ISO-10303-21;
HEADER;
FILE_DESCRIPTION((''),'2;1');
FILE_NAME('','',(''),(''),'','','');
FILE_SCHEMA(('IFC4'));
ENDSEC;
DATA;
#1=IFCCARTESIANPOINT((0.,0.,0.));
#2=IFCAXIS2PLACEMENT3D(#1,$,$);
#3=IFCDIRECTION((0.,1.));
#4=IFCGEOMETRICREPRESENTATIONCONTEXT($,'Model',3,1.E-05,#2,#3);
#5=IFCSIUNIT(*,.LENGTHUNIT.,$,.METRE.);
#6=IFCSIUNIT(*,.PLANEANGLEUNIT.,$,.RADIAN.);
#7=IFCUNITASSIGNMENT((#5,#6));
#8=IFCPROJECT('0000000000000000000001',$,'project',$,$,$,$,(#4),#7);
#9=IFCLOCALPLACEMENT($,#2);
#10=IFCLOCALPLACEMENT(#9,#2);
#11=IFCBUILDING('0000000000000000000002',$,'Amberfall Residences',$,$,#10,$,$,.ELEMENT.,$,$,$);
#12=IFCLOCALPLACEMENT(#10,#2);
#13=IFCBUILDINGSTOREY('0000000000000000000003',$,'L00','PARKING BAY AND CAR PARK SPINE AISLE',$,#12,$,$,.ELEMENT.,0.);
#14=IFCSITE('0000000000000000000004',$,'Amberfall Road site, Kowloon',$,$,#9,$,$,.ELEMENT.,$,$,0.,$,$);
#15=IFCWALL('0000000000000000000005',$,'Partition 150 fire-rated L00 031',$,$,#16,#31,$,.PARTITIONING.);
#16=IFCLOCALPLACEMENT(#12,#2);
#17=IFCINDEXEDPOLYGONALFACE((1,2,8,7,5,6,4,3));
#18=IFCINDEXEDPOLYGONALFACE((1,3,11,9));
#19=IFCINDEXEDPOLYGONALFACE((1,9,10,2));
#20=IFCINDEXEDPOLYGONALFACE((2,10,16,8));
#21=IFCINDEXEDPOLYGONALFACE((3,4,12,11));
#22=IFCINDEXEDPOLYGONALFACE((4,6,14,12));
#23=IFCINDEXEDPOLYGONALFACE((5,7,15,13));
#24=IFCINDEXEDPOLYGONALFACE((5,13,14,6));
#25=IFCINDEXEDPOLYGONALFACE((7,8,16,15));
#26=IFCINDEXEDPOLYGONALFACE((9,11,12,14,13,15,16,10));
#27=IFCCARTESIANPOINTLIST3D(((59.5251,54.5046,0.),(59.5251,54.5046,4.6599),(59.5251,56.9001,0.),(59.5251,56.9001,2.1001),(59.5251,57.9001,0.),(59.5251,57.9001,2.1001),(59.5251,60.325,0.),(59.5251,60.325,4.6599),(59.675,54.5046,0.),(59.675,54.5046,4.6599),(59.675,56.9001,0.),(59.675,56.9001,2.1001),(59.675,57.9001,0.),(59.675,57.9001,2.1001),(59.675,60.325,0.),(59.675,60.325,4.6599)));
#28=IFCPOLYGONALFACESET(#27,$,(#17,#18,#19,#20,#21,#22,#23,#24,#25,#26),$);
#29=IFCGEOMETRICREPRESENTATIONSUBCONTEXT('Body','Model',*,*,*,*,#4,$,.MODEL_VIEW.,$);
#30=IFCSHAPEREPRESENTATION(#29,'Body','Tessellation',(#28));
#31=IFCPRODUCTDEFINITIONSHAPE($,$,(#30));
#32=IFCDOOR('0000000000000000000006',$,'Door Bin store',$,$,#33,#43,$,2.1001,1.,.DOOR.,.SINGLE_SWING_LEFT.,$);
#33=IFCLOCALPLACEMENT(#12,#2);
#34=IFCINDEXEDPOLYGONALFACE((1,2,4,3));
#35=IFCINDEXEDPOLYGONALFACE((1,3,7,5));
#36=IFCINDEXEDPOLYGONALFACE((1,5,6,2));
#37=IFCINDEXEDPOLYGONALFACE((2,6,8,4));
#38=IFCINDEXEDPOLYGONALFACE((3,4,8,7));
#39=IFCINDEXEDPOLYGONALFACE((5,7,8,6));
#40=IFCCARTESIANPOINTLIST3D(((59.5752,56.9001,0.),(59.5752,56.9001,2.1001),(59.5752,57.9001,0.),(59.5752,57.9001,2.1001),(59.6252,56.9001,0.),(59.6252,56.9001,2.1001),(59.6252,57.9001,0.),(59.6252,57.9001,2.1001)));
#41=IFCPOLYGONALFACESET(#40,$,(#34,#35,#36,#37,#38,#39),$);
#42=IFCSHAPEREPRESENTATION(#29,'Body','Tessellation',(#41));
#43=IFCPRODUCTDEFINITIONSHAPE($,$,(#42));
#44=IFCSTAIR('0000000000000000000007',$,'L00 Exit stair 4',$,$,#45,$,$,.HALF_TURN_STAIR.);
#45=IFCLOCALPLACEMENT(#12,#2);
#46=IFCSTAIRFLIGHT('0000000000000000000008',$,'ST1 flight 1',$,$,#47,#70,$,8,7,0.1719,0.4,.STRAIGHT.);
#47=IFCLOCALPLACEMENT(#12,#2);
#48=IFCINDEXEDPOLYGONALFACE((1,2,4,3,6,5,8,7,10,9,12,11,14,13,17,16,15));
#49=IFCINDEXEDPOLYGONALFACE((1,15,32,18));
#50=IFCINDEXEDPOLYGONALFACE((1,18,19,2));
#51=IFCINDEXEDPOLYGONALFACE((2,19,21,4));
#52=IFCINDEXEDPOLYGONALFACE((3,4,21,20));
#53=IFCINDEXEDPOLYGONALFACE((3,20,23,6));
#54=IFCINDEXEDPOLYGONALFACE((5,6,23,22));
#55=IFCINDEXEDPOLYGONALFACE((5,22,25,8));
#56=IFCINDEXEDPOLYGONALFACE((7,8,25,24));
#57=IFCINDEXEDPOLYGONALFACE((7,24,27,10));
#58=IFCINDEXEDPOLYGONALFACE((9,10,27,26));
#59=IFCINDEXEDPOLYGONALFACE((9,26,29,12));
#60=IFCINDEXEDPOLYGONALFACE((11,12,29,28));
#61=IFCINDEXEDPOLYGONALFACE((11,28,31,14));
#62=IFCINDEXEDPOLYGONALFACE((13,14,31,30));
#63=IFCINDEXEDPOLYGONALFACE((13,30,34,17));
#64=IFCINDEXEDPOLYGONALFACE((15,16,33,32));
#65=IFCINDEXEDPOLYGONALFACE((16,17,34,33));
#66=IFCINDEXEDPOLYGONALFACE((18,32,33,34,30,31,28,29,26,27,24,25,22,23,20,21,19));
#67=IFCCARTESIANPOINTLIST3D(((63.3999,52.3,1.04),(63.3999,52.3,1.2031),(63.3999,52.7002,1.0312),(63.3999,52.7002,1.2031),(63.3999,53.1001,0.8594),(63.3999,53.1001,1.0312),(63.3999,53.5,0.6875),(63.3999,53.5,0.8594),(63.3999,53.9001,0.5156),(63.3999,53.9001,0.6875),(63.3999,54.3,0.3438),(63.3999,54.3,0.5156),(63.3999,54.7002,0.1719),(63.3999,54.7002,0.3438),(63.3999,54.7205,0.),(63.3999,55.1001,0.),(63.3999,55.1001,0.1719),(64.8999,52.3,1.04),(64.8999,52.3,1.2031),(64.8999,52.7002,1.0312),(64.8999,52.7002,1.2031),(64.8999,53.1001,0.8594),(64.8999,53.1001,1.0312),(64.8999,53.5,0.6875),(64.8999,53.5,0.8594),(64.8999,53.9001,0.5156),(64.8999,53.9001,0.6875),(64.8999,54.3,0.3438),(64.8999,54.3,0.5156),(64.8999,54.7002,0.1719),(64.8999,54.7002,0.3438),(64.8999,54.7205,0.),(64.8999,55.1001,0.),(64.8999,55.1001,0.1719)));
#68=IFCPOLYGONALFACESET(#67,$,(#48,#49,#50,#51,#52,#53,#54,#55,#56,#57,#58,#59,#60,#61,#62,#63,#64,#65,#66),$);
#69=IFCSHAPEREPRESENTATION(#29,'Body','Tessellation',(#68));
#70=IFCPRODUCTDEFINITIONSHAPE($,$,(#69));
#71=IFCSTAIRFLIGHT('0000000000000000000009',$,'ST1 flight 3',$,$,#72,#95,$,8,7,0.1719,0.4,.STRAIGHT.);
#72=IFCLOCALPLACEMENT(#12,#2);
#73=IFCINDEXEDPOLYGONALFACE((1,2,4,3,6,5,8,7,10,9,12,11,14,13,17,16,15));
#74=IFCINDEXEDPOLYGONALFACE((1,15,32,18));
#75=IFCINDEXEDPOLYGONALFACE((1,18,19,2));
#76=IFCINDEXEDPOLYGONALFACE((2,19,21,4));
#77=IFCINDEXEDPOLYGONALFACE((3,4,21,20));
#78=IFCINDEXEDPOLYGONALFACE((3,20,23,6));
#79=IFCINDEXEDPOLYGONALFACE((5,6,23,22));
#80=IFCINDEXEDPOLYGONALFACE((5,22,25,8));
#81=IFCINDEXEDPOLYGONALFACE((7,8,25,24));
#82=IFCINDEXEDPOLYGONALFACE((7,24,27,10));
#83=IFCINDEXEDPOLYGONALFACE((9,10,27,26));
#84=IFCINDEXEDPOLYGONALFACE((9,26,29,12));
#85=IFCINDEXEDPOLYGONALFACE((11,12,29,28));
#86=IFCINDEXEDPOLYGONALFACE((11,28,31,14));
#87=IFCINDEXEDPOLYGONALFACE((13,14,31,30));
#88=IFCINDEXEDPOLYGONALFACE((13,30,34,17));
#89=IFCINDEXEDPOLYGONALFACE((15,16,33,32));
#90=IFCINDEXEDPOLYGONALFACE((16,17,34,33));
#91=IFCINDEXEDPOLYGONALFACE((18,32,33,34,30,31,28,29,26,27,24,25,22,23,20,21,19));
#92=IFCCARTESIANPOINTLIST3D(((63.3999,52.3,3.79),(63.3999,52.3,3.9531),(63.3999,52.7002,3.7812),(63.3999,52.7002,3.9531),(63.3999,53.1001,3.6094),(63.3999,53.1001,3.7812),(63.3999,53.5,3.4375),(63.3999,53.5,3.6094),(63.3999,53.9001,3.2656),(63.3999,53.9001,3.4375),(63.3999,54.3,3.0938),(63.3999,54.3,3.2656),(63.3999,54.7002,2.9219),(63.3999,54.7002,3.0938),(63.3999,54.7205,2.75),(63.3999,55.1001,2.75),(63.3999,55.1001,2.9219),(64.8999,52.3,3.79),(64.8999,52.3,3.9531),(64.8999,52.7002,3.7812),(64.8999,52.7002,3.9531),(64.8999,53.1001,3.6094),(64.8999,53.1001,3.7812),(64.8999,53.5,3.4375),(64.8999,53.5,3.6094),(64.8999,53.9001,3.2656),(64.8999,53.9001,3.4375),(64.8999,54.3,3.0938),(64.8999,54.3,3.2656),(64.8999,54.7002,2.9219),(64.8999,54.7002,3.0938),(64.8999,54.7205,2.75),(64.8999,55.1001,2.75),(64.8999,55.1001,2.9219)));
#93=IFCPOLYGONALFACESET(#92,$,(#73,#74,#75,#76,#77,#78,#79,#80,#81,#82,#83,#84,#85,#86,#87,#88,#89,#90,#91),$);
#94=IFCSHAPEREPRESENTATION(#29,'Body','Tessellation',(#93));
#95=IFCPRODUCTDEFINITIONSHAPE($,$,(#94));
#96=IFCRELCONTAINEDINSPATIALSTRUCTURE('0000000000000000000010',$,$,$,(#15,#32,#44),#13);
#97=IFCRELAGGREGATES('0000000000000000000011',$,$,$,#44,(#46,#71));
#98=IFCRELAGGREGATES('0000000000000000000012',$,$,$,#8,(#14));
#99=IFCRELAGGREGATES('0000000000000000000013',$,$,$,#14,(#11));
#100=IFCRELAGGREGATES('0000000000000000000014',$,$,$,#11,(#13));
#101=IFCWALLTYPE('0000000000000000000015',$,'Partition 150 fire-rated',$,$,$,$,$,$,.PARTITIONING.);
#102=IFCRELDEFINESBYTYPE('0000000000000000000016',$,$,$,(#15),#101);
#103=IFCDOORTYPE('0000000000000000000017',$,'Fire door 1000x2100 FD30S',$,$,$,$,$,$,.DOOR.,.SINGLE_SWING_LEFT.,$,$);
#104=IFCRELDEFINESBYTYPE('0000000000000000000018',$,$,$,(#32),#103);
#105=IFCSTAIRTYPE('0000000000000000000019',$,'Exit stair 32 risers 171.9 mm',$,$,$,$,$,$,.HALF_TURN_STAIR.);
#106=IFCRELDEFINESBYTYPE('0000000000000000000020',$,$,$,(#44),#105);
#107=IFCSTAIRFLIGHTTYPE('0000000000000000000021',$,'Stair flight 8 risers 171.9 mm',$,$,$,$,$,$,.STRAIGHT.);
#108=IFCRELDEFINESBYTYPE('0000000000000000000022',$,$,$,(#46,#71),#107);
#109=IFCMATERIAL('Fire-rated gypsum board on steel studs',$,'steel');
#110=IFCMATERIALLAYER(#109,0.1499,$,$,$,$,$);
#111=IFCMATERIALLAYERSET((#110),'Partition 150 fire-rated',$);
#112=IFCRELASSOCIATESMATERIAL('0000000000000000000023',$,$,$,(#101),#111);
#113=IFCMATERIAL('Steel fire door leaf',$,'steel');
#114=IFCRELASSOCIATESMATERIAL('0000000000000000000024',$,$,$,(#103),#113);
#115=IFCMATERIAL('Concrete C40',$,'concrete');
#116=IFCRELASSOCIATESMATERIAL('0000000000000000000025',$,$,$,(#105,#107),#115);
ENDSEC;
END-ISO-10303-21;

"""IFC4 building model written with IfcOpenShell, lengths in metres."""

from ifc_helpers import new_model, si_unit, direction, frame, frame_2d, origin, place, context, subcontext, project, spatial, polyline, rectangle, outline, extrude, material, layer, layer_set, type_object, element, fill, aggregate, save


model = new_model("IFC4")

# Units and contexts
model_context = context("Model", 3, precision=1e-05, world=origin(), true_north=direction((0.0, 1.0)))
body_context = subcontext(model_context, "Body", "Model", "MODEL_VIEW")
ifc_project = project(units=[si_unit("LENGTHUNIT", "METRE"), si_unit("PLANEANGLEUNIT", "RADIAN")], contexts=[model_context])

# Site, building, storey
site_placement = place(None, origin())
site = spatial("IfcSite", under=ifc_project, at=site_placement, Name="Amberfall Road site, Kowloon", CompositionType="ELEMENT", RefElevation=0.0)
building_placement = place(site_placement, origin())
building = spatial("IfcBuilding", under=site, at=building_placement, Name="Amberfall Residences", CompositionType="ELEMENT")
storey_placement = place(building_placement, origin())
storey = spatial("IfcBuildingStorey", under=building, at=storey_placement, Name="L00", Description="PARKING BAY AND CAR PARK SPINE AISLE", CompositionType="ELEMENT", Elevation=0.0)

# Shared definitions
ifc_material_1 = material(Name="Fire-rated gypsum board on steel studs", Category="steel")
ifc_layer_1 = layer(ifc_material_1, 0.1499)
ifc_layer_set_1 = layer_set([ifc_layer_1], Name="Partition 150 fire-rated")
wall_type_1 = type_object("IfcWallType", Name="Partition 150 fire-rated", PredefinedType="PARTITIONING", material=ifc_layer_set_1)

# Shared definitions
ifc_material_2 = material(Name="Steel fire door leaf", Category="steel")
door_type_1 = type_object("IfcDoorType", Name="Fire door 1000x2100 FD30S", OperationType="SINGLE_SWING_LEFT", PredefinedType="DOOR", material=ifc_material_2)

# Wall, opening, door
wall_1_placement = place(storey_placement, frame((59.6001, 54.5046, 0.0), z_axis=(0.0, 0.0, 1.0), x_axis=(0.0, 1.0, 0.0)))
wall_1 = element("IfcWall", 1, at=wall_1_placement, inside=storey, type_object=wall_type_1, Name="Partition 150 fire-rated L00 031", PredefinedType="PARTITIONING", context=body_context, shape_type="SweptSolid", body=[
    extrude(rectangle(XDim=5.8203, YDim=0.1499, at=frame_2d((2.9102, 0.0))), origin(), (0.0, 0.0, 1.0), 4.6599),
])
opening_1_placement = place(wall_1_placement, frame((2.3955, 0.0, 0.0)))
opening_1 = element("IfcOpeningElement", 2, at=opening_1_placement, cuts=wall_1, PredefinedType="OPENING", context=body_context, shape_type="SweptSolid", body=[
    extrude(rectangle(XDim=1.0, YDim=2.1001, at=frame_2d((0.5, 1.05))), frame((0.0, 0.085, 0.0), z_axis=(0.0, -1.0, 0.0), x_axis=(1.0, 0.0, 0.0)), (0.0, 0.0, 1.0), 0.1699),
])
door_1_placement = place(opening_1_placement, origin())
door_1 = element("IfcDoor", 3, at=door_1_placement, inside=storey, type_object=door_type_1, Name="Door Bin store", OperationType="SINGLE_SWING_LEFT", OverallHeight=2.1001, OverallWidth=1.0, PredefinedType="DOOR", context=body_context, shape_type="SweptSolid", body=[
    extrude(rectangle(XDim=1.0, YDim=2.1001, at=frame_2d((0.5, 1.05))), frame((0.0, 0.0249, 0.0), z_axis=(0.0, -1.0, 0.0), x_axis=(1.0, 0.0, 0.0)), (0.0, 0.0, 1.0), 0.05),
])
fill(opening_1, door_1)

# Stair, stair flights
ifc_material_3 = material(Name="Concrete C40", Category="concrete")
stair_type = type_object("IfcStairType", Name="Exit stair 32 risers 171.9 mm", PredefinedType="HALF_TURN_STAIR", material=ifc_material_3)
stair_placement = place(storey_placement, origin())
stair = element("IfcStair", 4, at=stair_placement, inside=storey, type_object=stair_type, Name="L00 Exit stair 4", PredefinedType="HALF_TURN_STAIR")
stair_flight_type = type_object("IfcStairFlightType", Name="Stair flight 8 risers 171.9 mm", PredefinedType="STRAIGHT", material=ifc_material_3)
stair_flight_1_placement = place(storey_placement, frame((64.1499, 55.1001, 0.0), z_axis=(0.0, 0.0, 1.0), x_axis=(0.0, -1.0, 0.0)))
stair_flight_1 = element("IfcStairFlight", 5, at=stair_flight_1_placement, type_object=stair_flight_type, Name="ST1 flight 1", NumberOfRisers=8, NumberOfTreads=7, PredefinedType="STRAIGHT", RiserHeight=0.1719, TreadLength=0.4, context=body_context, shape_type="SweptSolid", body=[
    extrude(outline(polyline([(0.0, 0.0), (0.0, 0.1719), (0.3999, 0.1719), (0.3999, 0.3438), (0.8, 0.3438), (0.8, 0.5156), (1.2, 0.5156), (1.2, 0.6875), (1.6001, 0.6875), (1.6001, 0.8594), (2.0, 0.8594), (2.0, 1.0312), (2.3999, 1.0312), (2.3999, 1.2031), (2.8, 1.2031), (2.8, 1.375), (2.8, 1.04), (0.3796, 0.0), (0.0, 0.0)])), frame((0.0, 0.75, 0.0), z_axis=(0.0, -1.0, 0.0), x_axis=(1.0, 0.0, 0.0)), (0.0, 0.0, 1.0), 1.5),
])
stair_flight_2_placement = place(storey_placement, frame((64.1499, 55.1001, 2.75), z_axis=(0.0, 0.0, 1.0), x_axis=(0.0, -1.0, 0.0)))
stair_flight_2 = element("IfcStairFlight", 6, at=stair_flight_2_placement, type_object=stair_flight_type, Name="ST1 flight 3", NumberOfRisers=8, NumberOfTreads=7, PredefinedType="STRAIGHT", RiserHeight=0.1719, TreadLength=0.4, context=body_context, shape_type="SweptSolid", body=[
    extrude(outline(polyline([(0.0, 0.0), (0.0, 0.1719), (0.3999, 0.1719), (0.3999, 0.3438), (0.8, 0.3438), (0.8, 0.5156), (1.2, 0.5156), (1.2, 0.6875), (1.6001, 0.6875), (1.6001, 0.8594), (2.0, 0.8594), (2.0, 1.0312), (2.3999, 1.0312), (2.3999, 1.2031), (2.8, 1.2031), (2.8, 1.375), (2.8, 1.04), (0.3796, 0.0), (0.0, 0.0)])), frame((0.0, 0.75, 0.0), z_axis=(0.0, -1.0, 0.0), x_axis=(1.0, 0.0, 0.0)), (0.0, 0.0, 1.0), 1.5),
])
aggregate(stair, [stair_flight_1, stair_flight_2])

save(model, "model.ifc")
